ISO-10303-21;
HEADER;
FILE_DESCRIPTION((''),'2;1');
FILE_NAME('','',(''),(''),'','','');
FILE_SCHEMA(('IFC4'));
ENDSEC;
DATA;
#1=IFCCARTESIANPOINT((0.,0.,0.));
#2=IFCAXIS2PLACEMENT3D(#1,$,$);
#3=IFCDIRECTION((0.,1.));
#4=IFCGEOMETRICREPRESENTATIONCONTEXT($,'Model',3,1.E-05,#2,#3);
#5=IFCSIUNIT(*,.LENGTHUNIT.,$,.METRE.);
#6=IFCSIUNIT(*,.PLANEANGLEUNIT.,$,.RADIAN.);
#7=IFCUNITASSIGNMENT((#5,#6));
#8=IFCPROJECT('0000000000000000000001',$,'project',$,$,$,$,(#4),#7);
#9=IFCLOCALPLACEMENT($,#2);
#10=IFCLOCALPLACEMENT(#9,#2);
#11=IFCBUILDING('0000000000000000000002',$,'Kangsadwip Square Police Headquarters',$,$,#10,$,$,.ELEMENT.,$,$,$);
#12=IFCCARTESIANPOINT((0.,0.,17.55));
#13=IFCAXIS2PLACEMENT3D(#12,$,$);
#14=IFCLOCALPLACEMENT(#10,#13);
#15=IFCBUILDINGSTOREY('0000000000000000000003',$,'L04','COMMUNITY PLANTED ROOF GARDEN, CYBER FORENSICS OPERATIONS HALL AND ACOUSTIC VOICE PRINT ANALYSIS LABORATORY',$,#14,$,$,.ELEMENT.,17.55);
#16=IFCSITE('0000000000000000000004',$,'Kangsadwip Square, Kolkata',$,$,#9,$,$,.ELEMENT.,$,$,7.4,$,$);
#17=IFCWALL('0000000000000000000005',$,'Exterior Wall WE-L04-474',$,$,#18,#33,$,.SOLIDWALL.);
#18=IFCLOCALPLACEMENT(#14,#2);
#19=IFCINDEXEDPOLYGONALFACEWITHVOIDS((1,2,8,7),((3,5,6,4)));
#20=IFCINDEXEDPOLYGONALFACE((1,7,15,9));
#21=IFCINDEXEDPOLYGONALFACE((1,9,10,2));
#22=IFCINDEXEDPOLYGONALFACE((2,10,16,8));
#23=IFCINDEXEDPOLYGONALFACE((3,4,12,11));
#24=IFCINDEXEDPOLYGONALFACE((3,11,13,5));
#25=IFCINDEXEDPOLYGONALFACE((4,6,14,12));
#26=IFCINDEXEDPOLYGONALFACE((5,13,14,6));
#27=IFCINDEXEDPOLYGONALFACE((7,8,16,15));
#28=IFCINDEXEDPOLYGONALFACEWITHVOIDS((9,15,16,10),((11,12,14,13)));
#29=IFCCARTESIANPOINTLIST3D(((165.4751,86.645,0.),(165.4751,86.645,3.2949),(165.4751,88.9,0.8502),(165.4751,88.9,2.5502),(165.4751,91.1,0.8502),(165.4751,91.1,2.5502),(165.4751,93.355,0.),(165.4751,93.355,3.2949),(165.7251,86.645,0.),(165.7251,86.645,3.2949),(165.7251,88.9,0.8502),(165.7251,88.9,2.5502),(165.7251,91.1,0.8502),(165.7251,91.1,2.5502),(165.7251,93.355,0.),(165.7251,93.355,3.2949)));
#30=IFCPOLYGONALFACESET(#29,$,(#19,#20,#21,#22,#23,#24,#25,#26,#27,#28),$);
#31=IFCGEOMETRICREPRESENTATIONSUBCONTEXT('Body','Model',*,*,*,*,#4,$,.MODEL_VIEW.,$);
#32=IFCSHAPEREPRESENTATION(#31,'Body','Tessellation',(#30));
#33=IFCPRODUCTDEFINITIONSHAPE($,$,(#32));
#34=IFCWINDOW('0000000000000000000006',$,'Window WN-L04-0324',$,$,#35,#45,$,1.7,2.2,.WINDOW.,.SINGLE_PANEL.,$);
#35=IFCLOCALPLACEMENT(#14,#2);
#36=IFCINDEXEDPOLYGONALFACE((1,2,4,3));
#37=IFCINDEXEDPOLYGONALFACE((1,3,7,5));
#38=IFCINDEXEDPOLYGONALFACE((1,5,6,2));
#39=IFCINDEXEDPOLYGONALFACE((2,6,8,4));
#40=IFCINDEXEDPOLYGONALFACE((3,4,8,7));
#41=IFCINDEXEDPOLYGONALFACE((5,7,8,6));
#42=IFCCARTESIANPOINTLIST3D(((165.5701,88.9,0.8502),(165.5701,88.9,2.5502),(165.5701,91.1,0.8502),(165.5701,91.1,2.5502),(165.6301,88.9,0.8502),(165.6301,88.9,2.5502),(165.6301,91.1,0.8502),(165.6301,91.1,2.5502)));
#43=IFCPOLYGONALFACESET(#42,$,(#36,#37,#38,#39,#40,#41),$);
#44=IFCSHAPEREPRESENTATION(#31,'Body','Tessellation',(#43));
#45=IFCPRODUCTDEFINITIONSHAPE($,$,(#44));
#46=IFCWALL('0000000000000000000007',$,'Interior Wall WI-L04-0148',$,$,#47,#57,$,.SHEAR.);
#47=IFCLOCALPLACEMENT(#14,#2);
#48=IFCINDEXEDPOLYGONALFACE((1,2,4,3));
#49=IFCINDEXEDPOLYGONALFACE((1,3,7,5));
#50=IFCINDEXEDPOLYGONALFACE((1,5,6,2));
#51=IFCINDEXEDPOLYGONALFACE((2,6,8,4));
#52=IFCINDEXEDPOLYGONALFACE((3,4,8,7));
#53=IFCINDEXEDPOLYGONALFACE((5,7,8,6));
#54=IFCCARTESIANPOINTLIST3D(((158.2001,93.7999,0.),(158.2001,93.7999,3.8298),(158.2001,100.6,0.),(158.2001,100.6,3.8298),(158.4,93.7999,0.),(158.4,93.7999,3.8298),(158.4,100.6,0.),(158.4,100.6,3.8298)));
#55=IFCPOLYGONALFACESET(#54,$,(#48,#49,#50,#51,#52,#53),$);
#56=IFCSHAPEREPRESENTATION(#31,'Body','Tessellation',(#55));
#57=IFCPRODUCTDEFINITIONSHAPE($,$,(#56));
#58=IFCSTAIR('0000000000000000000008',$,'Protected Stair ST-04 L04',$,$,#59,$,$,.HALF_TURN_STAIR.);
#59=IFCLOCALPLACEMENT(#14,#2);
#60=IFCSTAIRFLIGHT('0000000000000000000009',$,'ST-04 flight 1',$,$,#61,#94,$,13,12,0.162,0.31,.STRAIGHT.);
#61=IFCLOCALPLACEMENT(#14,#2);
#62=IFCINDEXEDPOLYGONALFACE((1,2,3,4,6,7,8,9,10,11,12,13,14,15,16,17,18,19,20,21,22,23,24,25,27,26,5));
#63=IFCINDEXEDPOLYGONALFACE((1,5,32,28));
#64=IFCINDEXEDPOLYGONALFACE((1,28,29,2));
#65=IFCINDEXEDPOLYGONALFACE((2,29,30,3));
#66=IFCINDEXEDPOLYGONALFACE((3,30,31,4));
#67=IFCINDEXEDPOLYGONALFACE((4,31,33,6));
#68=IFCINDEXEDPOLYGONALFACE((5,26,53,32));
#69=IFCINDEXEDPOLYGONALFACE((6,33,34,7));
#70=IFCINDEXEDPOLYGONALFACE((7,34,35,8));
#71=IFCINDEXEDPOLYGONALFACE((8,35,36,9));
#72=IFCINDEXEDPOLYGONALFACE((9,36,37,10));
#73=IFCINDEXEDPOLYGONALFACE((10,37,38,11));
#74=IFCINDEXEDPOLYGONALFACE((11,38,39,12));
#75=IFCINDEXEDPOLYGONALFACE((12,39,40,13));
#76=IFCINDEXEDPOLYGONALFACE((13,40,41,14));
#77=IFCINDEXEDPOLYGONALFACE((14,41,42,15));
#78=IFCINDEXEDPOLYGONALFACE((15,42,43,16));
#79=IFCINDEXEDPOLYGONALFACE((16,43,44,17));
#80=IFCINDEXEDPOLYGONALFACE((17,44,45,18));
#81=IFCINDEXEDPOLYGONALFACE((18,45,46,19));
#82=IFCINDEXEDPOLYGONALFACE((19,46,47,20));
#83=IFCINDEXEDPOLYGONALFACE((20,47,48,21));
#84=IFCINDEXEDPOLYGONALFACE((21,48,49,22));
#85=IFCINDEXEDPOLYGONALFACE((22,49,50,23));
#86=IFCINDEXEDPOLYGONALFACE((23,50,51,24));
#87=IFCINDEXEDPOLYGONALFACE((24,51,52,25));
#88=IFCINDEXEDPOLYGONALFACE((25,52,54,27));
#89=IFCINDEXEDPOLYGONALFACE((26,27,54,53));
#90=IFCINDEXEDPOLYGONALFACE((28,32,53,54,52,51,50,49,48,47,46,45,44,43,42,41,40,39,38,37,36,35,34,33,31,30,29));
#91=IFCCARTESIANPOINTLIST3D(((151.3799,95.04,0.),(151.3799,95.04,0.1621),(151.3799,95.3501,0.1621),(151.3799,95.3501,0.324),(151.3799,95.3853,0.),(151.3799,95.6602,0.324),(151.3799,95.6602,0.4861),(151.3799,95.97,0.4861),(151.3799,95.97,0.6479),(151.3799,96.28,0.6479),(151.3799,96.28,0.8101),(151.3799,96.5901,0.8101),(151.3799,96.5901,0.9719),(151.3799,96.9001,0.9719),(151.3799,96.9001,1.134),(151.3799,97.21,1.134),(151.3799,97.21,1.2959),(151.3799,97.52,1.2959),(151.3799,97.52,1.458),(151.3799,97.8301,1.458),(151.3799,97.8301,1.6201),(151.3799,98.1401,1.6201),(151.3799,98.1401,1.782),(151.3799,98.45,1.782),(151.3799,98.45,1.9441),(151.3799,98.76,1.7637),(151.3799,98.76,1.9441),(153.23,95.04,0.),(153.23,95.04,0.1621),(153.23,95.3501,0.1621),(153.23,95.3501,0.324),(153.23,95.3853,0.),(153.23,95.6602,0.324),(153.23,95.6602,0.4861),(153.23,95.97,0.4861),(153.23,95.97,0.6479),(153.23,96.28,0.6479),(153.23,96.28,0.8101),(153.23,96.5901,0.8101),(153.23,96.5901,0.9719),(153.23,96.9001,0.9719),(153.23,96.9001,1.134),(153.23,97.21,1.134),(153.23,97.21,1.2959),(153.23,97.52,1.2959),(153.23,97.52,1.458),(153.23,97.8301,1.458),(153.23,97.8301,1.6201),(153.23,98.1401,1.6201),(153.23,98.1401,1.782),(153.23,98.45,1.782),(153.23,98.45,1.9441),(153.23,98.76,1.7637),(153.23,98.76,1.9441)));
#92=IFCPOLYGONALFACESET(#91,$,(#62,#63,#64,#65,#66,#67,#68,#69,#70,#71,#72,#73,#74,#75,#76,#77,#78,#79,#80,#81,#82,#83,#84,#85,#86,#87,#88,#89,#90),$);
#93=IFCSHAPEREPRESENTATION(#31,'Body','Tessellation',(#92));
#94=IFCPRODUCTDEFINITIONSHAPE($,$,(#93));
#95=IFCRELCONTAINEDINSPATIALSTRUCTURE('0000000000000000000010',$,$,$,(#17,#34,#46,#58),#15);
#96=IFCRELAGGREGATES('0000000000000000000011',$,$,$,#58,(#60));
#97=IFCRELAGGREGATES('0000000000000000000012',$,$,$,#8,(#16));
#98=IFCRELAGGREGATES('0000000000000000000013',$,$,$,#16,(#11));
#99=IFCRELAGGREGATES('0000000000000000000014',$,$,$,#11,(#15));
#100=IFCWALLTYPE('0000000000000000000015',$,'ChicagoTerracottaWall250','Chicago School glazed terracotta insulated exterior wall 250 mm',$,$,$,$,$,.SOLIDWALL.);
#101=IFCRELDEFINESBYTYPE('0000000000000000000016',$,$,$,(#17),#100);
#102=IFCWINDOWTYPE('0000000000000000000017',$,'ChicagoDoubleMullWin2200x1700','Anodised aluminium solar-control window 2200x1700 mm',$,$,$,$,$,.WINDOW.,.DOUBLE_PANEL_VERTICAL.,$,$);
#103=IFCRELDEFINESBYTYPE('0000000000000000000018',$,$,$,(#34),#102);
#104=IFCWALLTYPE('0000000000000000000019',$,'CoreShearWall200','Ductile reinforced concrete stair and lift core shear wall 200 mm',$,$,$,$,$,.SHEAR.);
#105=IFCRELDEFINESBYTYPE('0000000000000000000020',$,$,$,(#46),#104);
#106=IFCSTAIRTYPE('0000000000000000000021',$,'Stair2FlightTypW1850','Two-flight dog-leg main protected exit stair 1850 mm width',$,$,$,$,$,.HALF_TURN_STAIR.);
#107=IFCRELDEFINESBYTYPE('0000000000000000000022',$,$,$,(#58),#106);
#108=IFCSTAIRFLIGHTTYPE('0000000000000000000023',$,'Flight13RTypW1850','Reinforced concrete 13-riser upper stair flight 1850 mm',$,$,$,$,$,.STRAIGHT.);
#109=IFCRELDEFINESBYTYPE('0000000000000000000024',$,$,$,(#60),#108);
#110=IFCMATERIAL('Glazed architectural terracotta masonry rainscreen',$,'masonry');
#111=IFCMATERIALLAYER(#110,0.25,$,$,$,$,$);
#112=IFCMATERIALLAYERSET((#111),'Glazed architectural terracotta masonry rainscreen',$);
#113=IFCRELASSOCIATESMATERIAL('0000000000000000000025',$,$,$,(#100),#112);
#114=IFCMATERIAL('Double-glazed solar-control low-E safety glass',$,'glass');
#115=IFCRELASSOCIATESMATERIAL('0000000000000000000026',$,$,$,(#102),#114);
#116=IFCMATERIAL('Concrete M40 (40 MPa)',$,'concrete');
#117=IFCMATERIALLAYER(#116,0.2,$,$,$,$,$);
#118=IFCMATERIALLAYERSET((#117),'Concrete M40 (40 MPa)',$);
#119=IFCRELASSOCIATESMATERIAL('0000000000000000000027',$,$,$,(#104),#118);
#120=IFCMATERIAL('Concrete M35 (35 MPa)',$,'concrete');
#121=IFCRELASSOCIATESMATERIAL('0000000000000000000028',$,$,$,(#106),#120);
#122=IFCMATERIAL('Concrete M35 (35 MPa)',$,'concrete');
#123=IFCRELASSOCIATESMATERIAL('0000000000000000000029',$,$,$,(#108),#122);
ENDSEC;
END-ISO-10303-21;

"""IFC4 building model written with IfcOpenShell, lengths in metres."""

from ifc_helpers import new_model, si_unit, direction, frame, frame_2d, origin, place, context, subcontext, project, spatial, polyline, rectangle, outline, extrude, material, layer, layer_set, type_object, element, fill, aggregate, save


model = new_model("IFC4")

# Units and contexts
model_context = context("Model", 3, precision=1e-05, world=origin(), true_north=direction((0.0, 1.0)))
body_context = subcontext(model_context, "Body", "Model", "MODEL_VIEW")
ifc_project = project(units=[si_unit("LENGTHUNIT", "METRE"), si_unit("PLANEANGLEUNIT", "RADIAN")], contexts=[model_context])

# Site, building, storey
site_placement = place(None, origin())
site = spatial("IfcSite", under=ifc_project, at=site_placement, Name="Kangsadwip Square, Kolkata", CompositionType="ELEMENT", RefElevation=7.4)
building_placement = place(site_placement, origin())
building = spatial("IfcBuilding", under=site, at=building_placement, Name="Kangsadwip Square Police Headquarters", CompositionType="ELEMENT")
storey_placement = place(building_placement, frame((0.0, 0.0, 17.55)))
storey = spatial("IfcBuildingStorey", under=building, at=storey_placement, Name="L04", Description="COMMUNITY PLANTED ROOF GARDEN, CYBER FORENSICS OPERATIONS HALL AND ACOUSTIC VOICE PRINT ANALYSIS LABORATORY", CompositionType="ELEMENT", Elevation=17.55)

# Wall, opening, window
ifc_material_1 = material(Name="Glazed architectural terracotta masonry rainscreen", Category="masonry")
ifc_layer_1 = layer(ifc_material_1, 0.25)
ifc_layer_set_1 = layer_set([ifc_layer_1], Name="Glazed architectural terracotta masonry rainscreen")
wall_type_1 = type_object("IfcWallType", Name="ChicagoTerracottaWall250", Description="Chicago School glazed terracotta insulated exterior wall 250 mm", PredefinedType="SOLIDWALL", material=ifc_layer_set_1)
wall_1_placement = place(storey_placement, frame((165.6001, 86.645, 0.0), z_axis=(0.0, 0.0, 1.0), x_axis=(0.0, 1.0, 0.0)))
wall_1 = element("IfcWall", 1, at=wall_1_placement, inside=storey, type_object=wall_type_1, Name="Exterior Wall WE-L04-474", PredefinedType="SOLIDWALL", context=body_context, shape_type="SweptSolid", body=[
    extrude(rectangle(XDim=6.71, YDim=0.25, at=frame_2d((3.355, 0.0))), origin(), (0.0, 0.0, 1.0), 3.2949),
])
opening_1_placement = place(wall_1_placement, frame((2.2549, 0.0, 0.8501)))
opening_1 = element("IfcOpeningElement", 2, at=opening_1_placement, cuts=wall_1, PredefinedType="OPENING", context=body_context, shape_type="SweptSolid", body=[
    extrude(rectangle(XDim=2.2, YDim=1.7, at=frame_2d((1.1001, 0.8501))), frame((0.0, 0.135, 0.0), z_axis=(0.0, -1.0, 0.0), x_axis=(1.0, 0.0, 0.0)), (0.0, 0.0, 1.0), 0.27),
])
ifc_material_2 = material(Name="Double-glazed solar-control low-E safety glass", Category="glass")
window_type_1 = type_object("IfcWindowType", Name="ChicagoDoubleMullWin2200x1700", Description="Anodised aluminium solar-control window 2200x1700 mm", PartitioningType="DOUBLE_PANEL_VERTICAL", PredefinedType="WINDOW", material=ifc_material_2)
window_1_placement = place(opening_1_placement, origin())
window_1 = element("IfcWindow", 3, at=window_1_placement, inside=storey, type_object=window_type_1, Name="Window WN-L04-0324", OverallHeight=1.7, OverallWidth=2.2, PartitioningType="SINGLE_PANEL", PredefinedType="WINDOW", context=body_context, shape_type="SweptSolid", body=[
    extrude(rectangle(XDim=2.2, YDim=1.7, at=frame_2d((1.1001, 0.8501))), frame((0.0, 0.03, 0.0), z_axis=(0.0, -1.0, 0.0), x_axis=(1.0, 0.0, 0.0)), (0.0, 0.0, 1.0), 0.0601),
])
fill(opening_1, window_1)

# Wall
ifc_material_3 = material(Name="Concrete M40 (40 MPa)", Category="concrete")
ifc_layer_2 = layer(ifc_material_3, 0.2)
ifc_layer_set_2 = layer_set([ifc_layer_2], Name="Concrete M40 (40 MPa)")
wall_type_2 = type_object("IfcWallType", Name="CoreShearWall200", Description="Ductile reinforced concrete stair and lift core shear wall 200 mm", PredefinedType="SHEAR", material=ifc_layer_set_2)
wall_2_placement = place(storey_placement, frame((158.3, 93.8, 0.0), z_axis=(0.0, 0.0, 1.0), x_axis=(0.0, 1.0, 0.0)))
element("IfcWall", 4, at=wall_2_placement, inside=storey, type_object=wall_type_2, Name="Interior Wall WI-L04-0148", PredefinedType="SHEAR", context=body_context, shape_type="SweptSolid", body=[
    extrude(rectangle(XDim=6.8, YDim=0.2, at=frame_2d((3.3999, 0.0))), origin(), (0.0, 0.0, 1.0), 3.8298),
])

# Stair, stair flight
ifc_material_4 = material(Name="Concrete M35 (35 MPa)", Category="concrete")
stair_type = type_object("IfcStairType", Name="Stair2FlightTypW1850", Description="Two-flight dog-leg main protected exit stair 1850 mm width", PredefinedType="HALF_TURN_STAIR", material=ifc_material_4)
stair_placement = place(storey_placement, origin())
stair = element("IfcStair", 5, at=stair_placement, inside=storey, type_object=stair_type, Name="Protected Stair ST-04 L04", PredefinedType="HALF_TURN_STAIR")
ifc_material_5 = material(Name="Concrete M35 (35 MPa)", Category="concrete")
stair_flight_type = type_object("IfcStairFlightType", Name="Flight13RTypW1850", Description="Reinforced concrete 13-riser upper stair flight 1850 mm", PredefinedType="STRAIGHT", material=ifc_material_5)
stair_flight_placement = place(storey_placement, frame((152.3049, 95.04, 0.0), z_axis=(0.0, 0.0, 1.0), x_axis=(0.0, 1.0, 0.0)))
stair_flight = element("IfcStairFlight", 6, at=stair_flight_placement, type_object=stair_flight_type, Name="ST-04 flight 1", NumberOfRisers=13, NumberOfTreads=12, PredefinedType="STRAIGHT", RiserHeight=0.162, TreadLength=0.31, context=body_context, shape_type="SweptSolid", body=[
    extrude(outline(polyline([(0.0, 0.0), (0.0, 0.1621), (0.3101, 0.1621), (0.3101, 0.324), (0.6201, 0.324), (0.6201, 0.4861), (0.9299, 0.4861), (0.9299, 0.6479), (1.24, 0.6479), (1.24, 0.8101), (1.55, 0.8101), (1.55, 0.9719), (1.8601, 0.9719), (1.8601, 1.134), (2.1699, 1.134), (2.1699, 1.2959), (2.48, 1.2959), (2.48, 1.458), (2.79, 1.458), (2.79, 1.6201), (3.1001, 1.6201), (3.1001, 1.782), (3.4099, 1.782), (3.4099, 1.9441), (3.72, 1.9441), (3.72, 2.106), (3.72, 1.7637), (0.3452, 0.0), (0.0, 0.0)])), frame((0.0, 0.925, 0.0), z_axis=(0.0, -1.0, 0.0), x_axis=(1.0, 0.0, 0.0)), (0.0, 0.0, 1.0), 1.8501),
])
aggregate(stair, [stair_flight])

save(model, "model.ifc")
